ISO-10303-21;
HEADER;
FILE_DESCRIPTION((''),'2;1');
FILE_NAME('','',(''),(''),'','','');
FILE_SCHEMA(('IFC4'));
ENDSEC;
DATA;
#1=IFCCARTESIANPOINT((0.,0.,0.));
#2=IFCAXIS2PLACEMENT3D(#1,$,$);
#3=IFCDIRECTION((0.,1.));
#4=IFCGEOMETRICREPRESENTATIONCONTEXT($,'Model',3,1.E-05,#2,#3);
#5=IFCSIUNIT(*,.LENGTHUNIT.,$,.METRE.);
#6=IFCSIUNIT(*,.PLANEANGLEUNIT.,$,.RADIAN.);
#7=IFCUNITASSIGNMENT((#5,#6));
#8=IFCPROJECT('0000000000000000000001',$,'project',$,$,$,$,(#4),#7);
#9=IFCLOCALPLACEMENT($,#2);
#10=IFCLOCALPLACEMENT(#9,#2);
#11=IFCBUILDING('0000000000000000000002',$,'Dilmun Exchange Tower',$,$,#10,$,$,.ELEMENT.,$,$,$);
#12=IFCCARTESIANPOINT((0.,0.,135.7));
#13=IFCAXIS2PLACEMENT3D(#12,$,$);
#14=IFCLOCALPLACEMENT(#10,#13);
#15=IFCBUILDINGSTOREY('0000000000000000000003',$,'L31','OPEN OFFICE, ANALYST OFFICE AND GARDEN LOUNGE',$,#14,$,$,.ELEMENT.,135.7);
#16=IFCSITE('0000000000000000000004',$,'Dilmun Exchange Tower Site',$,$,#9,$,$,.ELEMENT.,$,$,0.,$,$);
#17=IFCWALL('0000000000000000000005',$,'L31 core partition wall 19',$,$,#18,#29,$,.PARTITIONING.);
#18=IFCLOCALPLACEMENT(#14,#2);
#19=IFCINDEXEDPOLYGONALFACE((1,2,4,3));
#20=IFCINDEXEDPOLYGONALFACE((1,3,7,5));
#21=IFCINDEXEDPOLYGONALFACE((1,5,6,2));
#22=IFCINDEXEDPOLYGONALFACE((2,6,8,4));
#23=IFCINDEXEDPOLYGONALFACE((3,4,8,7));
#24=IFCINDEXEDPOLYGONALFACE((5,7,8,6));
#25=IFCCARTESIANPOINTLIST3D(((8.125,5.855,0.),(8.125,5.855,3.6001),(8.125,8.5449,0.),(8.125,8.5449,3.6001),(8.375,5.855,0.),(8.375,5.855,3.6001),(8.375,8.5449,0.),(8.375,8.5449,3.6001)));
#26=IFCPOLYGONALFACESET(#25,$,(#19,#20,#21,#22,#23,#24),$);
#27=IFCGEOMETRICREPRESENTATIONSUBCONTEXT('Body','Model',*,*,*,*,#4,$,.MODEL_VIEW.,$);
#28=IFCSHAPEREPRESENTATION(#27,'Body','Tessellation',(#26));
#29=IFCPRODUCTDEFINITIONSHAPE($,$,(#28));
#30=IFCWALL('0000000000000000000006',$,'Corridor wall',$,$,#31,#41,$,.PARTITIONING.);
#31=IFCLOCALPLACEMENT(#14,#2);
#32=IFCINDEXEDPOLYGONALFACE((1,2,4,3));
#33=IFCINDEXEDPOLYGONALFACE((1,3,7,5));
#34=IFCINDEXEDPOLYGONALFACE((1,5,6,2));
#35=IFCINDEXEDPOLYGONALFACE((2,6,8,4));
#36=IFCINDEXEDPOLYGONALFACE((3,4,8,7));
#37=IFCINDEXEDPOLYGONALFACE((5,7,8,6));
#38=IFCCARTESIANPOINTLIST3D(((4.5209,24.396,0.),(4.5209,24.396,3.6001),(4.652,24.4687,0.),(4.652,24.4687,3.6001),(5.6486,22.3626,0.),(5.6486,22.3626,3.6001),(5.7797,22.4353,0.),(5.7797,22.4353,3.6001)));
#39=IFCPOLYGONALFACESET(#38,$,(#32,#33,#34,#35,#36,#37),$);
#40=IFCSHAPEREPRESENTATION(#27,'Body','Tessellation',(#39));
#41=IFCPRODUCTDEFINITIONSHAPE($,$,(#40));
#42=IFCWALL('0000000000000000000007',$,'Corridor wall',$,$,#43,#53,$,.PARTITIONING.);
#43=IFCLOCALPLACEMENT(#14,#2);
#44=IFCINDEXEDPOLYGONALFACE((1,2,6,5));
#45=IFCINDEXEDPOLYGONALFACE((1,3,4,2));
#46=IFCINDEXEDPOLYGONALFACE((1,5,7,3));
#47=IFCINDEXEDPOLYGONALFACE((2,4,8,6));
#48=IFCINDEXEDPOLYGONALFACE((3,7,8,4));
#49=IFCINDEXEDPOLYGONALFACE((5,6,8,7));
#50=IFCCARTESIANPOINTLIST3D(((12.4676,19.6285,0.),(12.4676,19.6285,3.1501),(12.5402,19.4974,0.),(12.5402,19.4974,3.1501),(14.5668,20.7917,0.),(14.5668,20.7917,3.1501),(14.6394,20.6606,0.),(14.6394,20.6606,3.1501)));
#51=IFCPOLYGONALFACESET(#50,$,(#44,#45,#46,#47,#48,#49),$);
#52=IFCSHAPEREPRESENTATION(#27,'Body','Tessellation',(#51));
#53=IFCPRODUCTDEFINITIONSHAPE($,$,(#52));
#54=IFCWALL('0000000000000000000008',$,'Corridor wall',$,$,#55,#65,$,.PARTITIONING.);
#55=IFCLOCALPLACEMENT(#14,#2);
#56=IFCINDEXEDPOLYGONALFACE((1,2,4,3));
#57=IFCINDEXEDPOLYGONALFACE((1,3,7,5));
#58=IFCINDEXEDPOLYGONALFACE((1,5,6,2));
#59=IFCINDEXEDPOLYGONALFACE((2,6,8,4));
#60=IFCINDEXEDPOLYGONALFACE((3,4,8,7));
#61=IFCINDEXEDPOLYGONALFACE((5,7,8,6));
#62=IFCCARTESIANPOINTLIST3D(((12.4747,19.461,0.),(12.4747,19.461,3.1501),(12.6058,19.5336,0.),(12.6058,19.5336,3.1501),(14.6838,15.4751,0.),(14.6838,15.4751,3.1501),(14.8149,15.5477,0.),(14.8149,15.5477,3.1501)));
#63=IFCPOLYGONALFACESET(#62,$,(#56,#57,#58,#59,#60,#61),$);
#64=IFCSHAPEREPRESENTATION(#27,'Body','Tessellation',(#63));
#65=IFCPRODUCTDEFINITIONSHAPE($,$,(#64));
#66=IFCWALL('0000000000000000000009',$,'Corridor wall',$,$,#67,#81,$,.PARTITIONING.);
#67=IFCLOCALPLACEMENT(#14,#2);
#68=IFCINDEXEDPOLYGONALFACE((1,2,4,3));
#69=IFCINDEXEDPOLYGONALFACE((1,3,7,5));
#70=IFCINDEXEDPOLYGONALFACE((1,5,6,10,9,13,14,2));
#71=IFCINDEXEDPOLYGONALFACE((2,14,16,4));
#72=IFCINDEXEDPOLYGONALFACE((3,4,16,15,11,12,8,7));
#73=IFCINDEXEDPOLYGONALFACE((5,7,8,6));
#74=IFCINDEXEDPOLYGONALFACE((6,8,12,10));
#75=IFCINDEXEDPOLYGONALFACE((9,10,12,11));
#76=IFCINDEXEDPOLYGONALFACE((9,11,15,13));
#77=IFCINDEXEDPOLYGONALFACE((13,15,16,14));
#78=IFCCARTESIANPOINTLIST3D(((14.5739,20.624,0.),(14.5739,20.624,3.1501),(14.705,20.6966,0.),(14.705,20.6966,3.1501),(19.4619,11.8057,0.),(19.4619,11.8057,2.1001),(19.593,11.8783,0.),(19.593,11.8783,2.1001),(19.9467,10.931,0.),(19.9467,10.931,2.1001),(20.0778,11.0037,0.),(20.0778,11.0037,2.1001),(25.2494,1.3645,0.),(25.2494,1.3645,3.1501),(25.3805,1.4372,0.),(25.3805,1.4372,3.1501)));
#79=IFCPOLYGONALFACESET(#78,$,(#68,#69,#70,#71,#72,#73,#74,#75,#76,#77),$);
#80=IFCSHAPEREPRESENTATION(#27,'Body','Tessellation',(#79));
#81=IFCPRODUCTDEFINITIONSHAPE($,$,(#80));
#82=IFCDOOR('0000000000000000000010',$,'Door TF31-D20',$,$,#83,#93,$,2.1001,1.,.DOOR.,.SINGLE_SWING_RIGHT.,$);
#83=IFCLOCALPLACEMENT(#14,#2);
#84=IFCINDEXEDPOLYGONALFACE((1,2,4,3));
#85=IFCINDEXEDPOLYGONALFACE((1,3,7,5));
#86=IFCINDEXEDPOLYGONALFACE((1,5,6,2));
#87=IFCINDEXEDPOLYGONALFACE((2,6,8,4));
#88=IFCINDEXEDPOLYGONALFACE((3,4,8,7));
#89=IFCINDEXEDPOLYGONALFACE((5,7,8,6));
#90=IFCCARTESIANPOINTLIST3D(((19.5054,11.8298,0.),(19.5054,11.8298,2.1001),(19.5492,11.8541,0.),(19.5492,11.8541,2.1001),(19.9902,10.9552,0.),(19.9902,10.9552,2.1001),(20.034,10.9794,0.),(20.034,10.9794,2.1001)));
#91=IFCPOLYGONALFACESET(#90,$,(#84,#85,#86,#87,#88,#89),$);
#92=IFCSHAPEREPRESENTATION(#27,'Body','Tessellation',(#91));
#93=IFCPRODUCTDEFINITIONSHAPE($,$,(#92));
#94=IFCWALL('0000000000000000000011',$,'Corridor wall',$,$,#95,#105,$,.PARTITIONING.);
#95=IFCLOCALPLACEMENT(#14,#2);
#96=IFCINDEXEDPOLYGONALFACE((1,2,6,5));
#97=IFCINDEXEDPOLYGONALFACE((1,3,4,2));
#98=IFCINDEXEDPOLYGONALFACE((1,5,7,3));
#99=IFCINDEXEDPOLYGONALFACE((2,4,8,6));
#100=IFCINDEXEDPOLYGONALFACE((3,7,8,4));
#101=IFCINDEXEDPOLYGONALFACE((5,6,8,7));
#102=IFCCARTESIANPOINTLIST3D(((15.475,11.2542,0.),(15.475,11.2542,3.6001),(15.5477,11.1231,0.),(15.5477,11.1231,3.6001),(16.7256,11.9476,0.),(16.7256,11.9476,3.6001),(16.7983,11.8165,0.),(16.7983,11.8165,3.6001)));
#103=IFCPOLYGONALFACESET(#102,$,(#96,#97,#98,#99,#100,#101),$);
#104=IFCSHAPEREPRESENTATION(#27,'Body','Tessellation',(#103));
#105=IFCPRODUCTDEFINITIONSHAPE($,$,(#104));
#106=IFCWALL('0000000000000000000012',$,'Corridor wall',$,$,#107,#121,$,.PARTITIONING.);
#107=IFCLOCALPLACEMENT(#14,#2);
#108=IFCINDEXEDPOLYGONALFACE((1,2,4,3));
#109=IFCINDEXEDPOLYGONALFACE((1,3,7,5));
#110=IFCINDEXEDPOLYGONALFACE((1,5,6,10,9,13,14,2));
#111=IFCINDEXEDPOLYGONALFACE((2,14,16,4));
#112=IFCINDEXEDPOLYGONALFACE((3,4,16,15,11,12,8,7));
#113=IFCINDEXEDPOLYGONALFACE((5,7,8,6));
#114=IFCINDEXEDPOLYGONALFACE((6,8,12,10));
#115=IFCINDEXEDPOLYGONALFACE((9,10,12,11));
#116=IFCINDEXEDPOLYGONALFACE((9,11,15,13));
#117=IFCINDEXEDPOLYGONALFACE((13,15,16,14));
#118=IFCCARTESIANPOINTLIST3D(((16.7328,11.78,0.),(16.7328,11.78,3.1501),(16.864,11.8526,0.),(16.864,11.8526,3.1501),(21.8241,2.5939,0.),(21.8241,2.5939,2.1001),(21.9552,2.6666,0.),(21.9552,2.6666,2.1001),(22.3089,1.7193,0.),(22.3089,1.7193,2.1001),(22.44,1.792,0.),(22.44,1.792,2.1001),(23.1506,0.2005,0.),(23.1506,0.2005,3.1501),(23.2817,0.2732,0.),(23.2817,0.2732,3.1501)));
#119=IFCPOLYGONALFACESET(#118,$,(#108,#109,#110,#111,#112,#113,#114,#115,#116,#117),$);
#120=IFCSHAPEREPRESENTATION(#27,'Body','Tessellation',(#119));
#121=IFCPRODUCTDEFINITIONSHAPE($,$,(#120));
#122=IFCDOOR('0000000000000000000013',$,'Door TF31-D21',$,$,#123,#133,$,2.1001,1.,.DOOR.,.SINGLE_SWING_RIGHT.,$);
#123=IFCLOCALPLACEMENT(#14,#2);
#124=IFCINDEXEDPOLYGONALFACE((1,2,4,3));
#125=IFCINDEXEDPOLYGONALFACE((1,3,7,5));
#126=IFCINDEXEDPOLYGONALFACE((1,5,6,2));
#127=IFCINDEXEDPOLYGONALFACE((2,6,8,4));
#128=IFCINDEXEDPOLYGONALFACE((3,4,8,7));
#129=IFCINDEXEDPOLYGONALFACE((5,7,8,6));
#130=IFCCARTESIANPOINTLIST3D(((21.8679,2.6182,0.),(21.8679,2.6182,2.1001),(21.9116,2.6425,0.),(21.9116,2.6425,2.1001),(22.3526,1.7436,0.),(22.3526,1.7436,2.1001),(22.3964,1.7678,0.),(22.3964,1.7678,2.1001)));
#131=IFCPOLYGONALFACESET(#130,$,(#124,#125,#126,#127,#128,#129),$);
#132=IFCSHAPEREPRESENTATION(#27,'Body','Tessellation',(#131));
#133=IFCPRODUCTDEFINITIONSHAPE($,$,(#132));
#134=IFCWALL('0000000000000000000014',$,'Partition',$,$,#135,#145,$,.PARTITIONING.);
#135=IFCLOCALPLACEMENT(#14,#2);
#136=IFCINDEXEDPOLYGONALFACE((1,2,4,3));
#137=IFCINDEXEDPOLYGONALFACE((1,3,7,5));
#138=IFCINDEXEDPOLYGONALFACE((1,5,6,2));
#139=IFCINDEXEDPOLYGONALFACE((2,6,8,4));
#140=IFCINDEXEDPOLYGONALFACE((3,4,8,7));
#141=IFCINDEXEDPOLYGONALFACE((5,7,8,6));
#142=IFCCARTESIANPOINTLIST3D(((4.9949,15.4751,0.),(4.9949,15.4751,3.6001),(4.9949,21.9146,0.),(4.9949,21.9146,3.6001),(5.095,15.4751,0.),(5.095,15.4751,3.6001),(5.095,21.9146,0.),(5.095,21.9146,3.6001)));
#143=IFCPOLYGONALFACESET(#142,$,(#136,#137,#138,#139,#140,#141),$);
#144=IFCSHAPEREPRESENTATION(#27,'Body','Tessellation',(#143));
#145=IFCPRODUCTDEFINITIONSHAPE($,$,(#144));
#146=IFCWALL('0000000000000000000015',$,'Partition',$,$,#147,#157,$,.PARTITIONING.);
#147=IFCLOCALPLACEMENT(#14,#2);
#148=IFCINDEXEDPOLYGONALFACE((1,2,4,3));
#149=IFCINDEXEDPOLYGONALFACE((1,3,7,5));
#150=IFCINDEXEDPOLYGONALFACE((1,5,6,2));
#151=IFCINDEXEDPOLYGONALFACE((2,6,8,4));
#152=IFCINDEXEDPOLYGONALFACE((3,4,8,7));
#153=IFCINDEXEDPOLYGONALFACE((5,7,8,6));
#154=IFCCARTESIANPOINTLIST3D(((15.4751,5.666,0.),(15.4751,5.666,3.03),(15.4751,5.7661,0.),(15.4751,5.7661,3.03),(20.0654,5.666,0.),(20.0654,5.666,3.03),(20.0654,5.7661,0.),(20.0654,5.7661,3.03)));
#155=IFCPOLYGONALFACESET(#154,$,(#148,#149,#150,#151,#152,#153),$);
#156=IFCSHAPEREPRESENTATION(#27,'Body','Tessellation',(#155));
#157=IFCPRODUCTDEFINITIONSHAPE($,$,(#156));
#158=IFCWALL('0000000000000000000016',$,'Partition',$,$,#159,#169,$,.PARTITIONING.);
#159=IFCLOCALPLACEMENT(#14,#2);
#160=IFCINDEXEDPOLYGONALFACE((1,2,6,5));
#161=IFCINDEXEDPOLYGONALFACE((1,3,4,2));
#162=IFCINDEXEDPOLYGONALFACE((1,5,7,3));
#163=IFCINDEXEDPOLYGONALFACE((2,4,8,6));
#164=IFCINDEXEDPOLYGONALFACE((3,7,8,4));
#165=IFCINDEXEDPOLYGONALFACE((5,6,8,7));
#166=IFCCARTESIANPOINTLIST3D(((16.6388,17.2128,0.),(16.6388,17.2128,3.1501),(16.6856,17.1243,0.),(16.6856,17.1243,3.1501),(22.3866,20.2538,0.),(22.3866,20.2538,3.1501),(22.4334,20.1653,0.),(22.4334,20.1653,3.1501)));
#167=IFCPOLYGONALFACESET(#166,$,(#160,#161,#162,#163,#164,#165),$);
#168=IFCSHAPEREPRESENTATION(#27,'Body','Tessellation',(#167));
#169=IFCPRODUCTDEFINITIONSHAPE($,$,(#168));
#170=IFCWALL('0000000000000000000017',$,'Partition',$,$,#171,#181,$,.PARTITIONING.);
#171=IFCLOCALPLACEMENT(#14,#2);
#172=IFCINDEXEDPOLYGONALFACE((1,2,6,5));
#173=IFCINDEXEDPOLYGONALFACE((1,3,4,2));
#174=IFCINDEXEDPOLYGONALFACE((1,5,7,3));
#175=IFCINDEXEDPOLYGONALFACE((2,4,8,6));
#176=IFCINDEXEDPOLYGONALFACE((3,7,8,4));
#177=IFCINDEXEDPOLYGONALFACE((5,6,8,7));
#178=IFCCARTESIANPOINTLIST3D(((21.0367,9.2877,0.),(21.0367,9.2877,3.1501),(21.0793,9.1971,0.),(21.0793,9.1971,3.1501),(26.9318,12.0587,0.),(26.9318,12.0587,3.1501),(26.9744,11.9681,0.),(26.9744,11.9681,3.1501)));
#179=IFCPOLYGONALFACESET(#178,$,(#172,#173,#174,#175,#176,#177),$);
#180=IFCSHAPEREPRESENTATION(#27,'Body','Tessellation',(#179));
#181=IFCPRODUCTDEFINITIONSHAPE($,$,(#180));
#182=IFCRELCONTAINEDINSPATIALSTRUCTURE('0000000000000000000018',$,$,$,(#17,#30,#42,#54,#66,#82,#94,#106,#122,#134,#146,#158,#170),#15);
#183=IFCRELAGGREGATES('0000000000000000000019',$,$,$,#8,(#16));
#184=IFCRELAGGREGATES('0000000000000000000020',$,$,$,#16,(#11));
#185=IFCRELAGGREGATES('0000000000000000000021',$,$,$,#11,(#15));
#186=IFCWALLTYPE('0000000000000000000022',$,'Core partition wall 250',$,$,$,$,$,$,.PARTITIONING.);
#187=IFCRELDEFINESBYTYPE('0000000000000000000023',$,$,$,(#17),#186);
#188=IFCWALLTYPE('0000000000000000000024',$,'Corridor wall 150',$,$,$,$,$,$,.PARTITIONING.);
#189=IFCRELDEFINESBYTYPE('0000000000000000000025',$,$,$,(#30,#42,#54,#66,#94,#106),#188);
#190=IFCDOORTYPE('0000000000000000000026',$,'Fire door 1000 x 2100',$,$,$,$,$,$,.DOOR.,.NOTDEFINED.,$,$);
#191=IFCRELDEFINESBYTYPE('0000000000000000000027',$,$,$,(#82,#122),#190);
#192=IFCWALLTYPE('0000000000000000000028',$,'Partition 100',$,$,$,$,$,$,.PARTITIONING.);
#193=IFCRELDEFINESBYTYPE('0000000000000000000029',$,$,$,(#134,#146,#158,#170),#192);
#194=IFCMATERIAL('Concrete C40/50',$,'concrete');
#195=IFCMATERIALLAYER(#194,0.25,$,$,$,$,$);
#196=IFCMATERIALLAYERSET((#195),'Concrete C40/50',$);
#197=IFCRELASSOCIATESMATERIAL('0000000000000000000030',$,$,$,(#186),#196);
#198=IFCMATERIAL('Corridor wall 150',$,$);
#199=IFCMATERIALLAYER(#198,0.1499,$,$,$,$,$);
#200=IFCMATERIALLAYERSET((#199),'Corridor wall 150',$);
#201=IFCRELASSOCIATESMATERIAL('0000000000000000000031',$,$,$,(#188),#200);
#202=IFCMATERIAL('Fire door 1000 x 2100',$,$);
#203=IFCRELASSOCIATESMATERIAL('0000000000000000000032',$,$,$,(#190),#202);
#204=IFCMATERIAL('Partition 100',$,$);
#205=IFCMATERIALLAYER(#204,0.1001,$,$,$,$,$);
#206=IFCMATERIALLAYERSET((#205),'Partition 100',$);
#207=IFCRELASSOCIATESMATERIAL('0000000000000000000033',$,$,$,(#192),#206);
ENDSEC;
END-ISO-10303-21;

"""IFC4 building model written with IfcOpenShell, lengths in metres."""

from ifc_helpers import new_model, si_unit, direction, frame, frame_2d, origin, place, context, subcontext, project, spatial, rectangle, extrude, material, layer, layer_set, type_object, element, fill, save


model = new_model("IFC4")

# Units and contexts
model_context = context("Model", 3, precision=1e-05, world=origin(), true_north=direction((0.0, 1.0)))
body_context = subcontext(model_context, "Body", "Model", "MODEL_VIEW")
ifc_project = project(units=[si_unit("LENGTHUNIT", "METRE"), si_unit("PLANEANGLEUNIT", "RADIAN")], contexts=[model_context])

# Site, building, storey
site_placement = place(None, origin())
site = spatial("IfcSite", under=ifc_project, at=site_placement, Name="Dilmun Exchange Tower Site", CompositionType="ELEMENT", RefElevation=0.0)
building_placement = place(site_placement, origin())
building = spatial("IfcBuilding", under=site, at=building_placement, Name="Dilmun Exchange Tower", CompositionType="ELEMENT")
storey_placement = place(building_placement, frame((0.0, 0.0, 135.7)))
storey = spatial("IfcBuildingStorey", under=building, at=storey_placement, Name="L31", Description="OPEN OFFICE, ANALYST OFFICE AND GARDEN LOUNGE", CompositionType="ELEMENT", Elevation=135.7)

# Shared definitions
ifc_material_1 = material(Name="Concrete C40/50", Category="concrete")

# Walls
ifc_layer_1 = layer(ifc_material_1, 0.25)
ifc_layer_set_1 = layer_set([ifc_layer_1], Name="Concrete C40/50")
wall_type_1 = type_object("IfcWallType", Name="Core partition wall 250", PredefinedType="PARTITIONING", material=ifc_layer_set_1)
wall_1_placement = place(storey_placement, frame((8.25, 5.855, 0.0), z_axis=(0.0, 0.0, 1.0), x_axis=(0.0, 1.0, 0.0)))
element("IfcWall", 1, at=wall_1_placement, inside=storey, type_object=wall_type_1, Name="L31 core partition wall 19", PredefinedType="PARTITIONING", context=body_context, shape_type="SweptSolid", body=[
    extrude(rectangle(XDim=2.6899, YDim=0.25, at=frame_2d((1.345, 0.0))), origin(), (0.0, 0.0, 1.0), 3.6001),
])
ifc_material_2 = material(Name="Corridor wall 150")
ifc_layer_2 = layer(ifc_material_2, 0.1499)
ifc_layer_set_2 = layer_set([ifc_layer_2], Name="Corridor wall 150")
wall_type_2 = type_object("IfcWallType", Name="Corridor wall 150", PredefinedType="PARTITIONING", material=ifc_layer_set_2)
wall_2_placement = place(storey_placement, frame((4.5864, 24.4324, 0.0), z_axis=(0.0, 0.0, 1.0), x_axis=(0.484983, -0.874524, 0.0)))
element("IfcWall", 2, at=wall_2_placement, inside=storey, type_object=wall_type_2, Name="Corridor wall", PredefinedType="PARTITIONING", context=body_context, shape_type="SweptSolid", body=[
    extrude(rectangle(XDim=2.3252, YDim=0.1499, at=frame_2d((1.1626, 0.0))), origin(), (0.0, 0.0, 1.0), 3.6001),
])
wall_3_placement = place(storey_placement, frame((12.5039, 19.563, 0.0), z_axis=(0.0, 0.0, 1.0), x_axis=(0.874704, 0.484658, 0.0)))
element("IfcWall", 3, at=wall_3_placement, inside=storey, type_object=wall_type_2, Name="Corridor wall", PredefinedType="PARTITIONING", context=body_context, shape_type="SweptSolid", body=[
    extrude(rectangle(XDim=2.3999, YDim=0.1499, at=frame_2d((1.2, 0.0))), origin(), (0.0, 0.0, 1.0), 3.1501),
])
wall_4_placement = place(storey_placement, frame((12.5403, 19.4973, 0.0), z_axis=(0.0, 0.0, 1.0), x_axis=(0.484742, -0.874657, 0.0)))
element("IfcWall", 4, at=wall_4_placement, inside=storey, type_object=wall_type_2, Name="Corridor wall", PredefinedType="PARTITIONING", context=body_context, shape_type="SweptSolid", body=[
    extrude(rectangle(XDim=4.5571, YDim=0.1499, at=frame_2d((2.2786, 0.0))), origin(), (0.0, 0.0, 1.0), 3.1501),
])

# Wall, opening, door
wall_5_placement = place(storey_placement, frame((14.6394, 20.6604, 0.0), z_axis=(0.0, 0.0, 1.0), x_axis=(0.484803, -0.874623, 0.0)))
wall_5 = element("IfcWall", 5, at=wall_5_placement, inside=storey, type_object=wall_type_2, Name="Corridor wall", PredefinedType="PARTITIONING", context=body_context, shape_type="SweptSolid", body=[
    extrude(rectangle(XDim=22.0203, YDim=0.1499, at=frame_2d((11.0103, 0.0))), origin(), (0.0, 0.0, 1.0), 3.1501),
])
opening_1_placement = place(wall_5_placement, frame((10.0825, 0.0, 0.0)))
opening_1 = element("IfcOpeningElement", 6, at=opening_1_placement, cuts=wall_5, PredefinedType="OPENING", context=body_context, shape_type="SweptSolid", body=[
    extrude(rectangle(XDim=1.0, YDim=2.1001, at=frame_2d((0.5, 1.05))), frame((0.0, 0.085, 0.0), z_axis=(0.0, -1.0, 0.0), x_axis=(1.0, 0.0, 0.0)), (0.0, 0.0, 1.0), 0.1699),
])
ifc_material_3 = material(Name="Fire door 1000 x 2100")
door_type = type_object("IfcDoorType", Name="Fire door 1000 x 2100", OperationType="NOTDEFINED", PredefinedType="DOOR", material=ifc_material_3)
door_1_placement = place(opening_1_placement, origin())
door_1 = element("IfcDoor", 7, at=door_1_placement, inside=storey, type_object=door_type, Name="Door TF31-D20", OperationType="SINGLE_SWING_RIGHT", OverallHeight=2.1001, OverallWidth=1.0, PredefinedType="DOOR", context=body_context, shape_type="SweptSolid", body=[
    extrude(rectangle(XDim=1.0, YDim=2.1001, at=frame_2d((0.5, 1.05))), frame((0.0, 0.0249, 0.0), z_axis=(0.0, -1.0, 0.0), x_axis=(1.0, 0.0, 0.0)), (0.0, 0.0, 1.0), 0.05),
])
fill(opening_1, door_1)

# Wall
wall_6_placement = place(storey_placement, frame((15.5115, 11.1887, 0.0), z_axis=(0.0, 0.0, 1.0), x_axis=(0.87456, 0.484918, 0.0)))
element("IfcWall", 8, at=wall_6_placement, inside=storey, type_object=wall_type_2, Name="Corridor wall", PredefinedType="PARTITIONING", context=body_context, shape_type="SweptSolid", body=[
    extrude(rectangle(XDim=1.4299, YDim=0.1499, at=frame_2d((0.7148, 0.0))), origin(), (0.0, 0.0, 1.0), 3.6001),
])

# Wall, opening, door
wall_7_placement = place(storey_placement, frame((16.7983, 11.8164, 0.0), z_axis=(0.0, 0.0, 1.0), x_axis=(0.484763, -0.874646, 0.0)))
wall_7 = element("IfcWall", 9, at=wall_7_placement, inside=storey, type_object=wall_type_2, Name="Corridor wall", PredefinedType="PARTITIONING", context=body_context, shape_type="SweptSolid", body=[
    extrude(rectangle(XDim=13.239, YDim=0.1499, at=frame_2d((6.6196, 0.0))), origin(), (0.0, 0.0, 1.0), 3.1501),
])
opening_2_placement = place(wall_7_placement, frame((10.5027, 0.0, 0.0)))
opening_2 = element("IfcOpeningElement", 10, at=opening_2_placement, cuts=wall_7, PredefinedType="OPENING", context=body_context, shape_type="SweptSolid", body=[
    extrude(rectangle(XDim=1.0, YDim=2.1001, at=frame_2d((0.5, 1.05))), frame((0.0, 0.085, 0.0), z_axis=(0.0, -1.0, 0.0), x_axis=(1.0, 0.0, 0.0)), (0.0, 0.0, 1.0), 0.1699),
])
door_2_placement = place(opening_2_placement, frame((1.0, 0.0, 0.0), z_axis=(0.0, 0.0, 1.0), x_axis=(-1.0, 0.0, 0.0)))
door_2 = element("IfcDoor", 11, at=door_2_placement, inside=storey, type_object=door_type, Name="Door TF31-D21", OperationType="SINGLE_SWING_RIGHT", OverallHeight=2.1001, OverallWidth=1.0, PredefinedType="DOOR", context=body_context, shape_type="SweptSolid", body=[
    extrude(rectangle(XDim=1.0, YDim=2.1001, at=frame_2d((0.5, 1.05))), frame((0.0, 0.0249, 0.0), z_axis=(0.0, -1.0, 0.0), x_axis=(1.0, 0.0, 0.0)), (0.0, 0.0, 1.0), 0.05),
])
fill(opening_2, door_2)

# Walls
ifc_material_4 = material(Name="Partition 100")
ifc_layer_3 = layer(ifc_material_4, 0.1001)
ifc_layer_set_3 = layer_set([ifc_layer_3], Name="Partition 100")
wall_type_3 = type_object("IfcWallType", Name="Partition 100", PredefinedType="PARTITIONING", material=ifc_layer_set_3)
wall_8_placement = place(storey_placement, frame((5.0449, 15.4751, 0.0), z_axis=(0.0, 0.0, 1.0), x_axis=(0.0, 1.0, 0.0)))
element("IfcWall", 12, at=wall_8_placement, inside=storey, type_object=wall_type_3, Name="Partition", PredefinedType="PARTITIONING", context=body_context, shape_type="SweptSolid", body=[
    extrude(rectangle(XDim=6.4395, YDim=0.1001, at=frame_2d((3.2197, 0.0))), origin(), (0.0, 0.0, 1.0), 3.6001),
])
wall_9_placement = place(storey_placement, frame((15.4751, 5.7161, 0.0), z_axis=(0.0, 0.0, 1.0), x_axis=(1.0, 0.0, 0.0)))
element("IfcWall", 13, at=wall_9_placement, inside=storey, type_object=wall_type_3, Name="Partition", PredefinedType="PARTITIONING", context=body_context, shape_type="SweptSolid", body=[
    extrude(rectangle(XDim=4.5903, YDim=0.1001, at=frame_2d((2.2952, 0.0))), origin(), (0.0, 0.0, 1.0), 3.03),
])
wall_10_placement = place(storey_placement, frame((16.6621, 17.1685, 0.0), z_axis=(0.0, 0.0, 1.0), x_axis=(0.883911, 0.467655, 0.0)))
element("IfcWall", 14, at=wall_10_placement, inside=storey, type_object=wall_type_3, Name="Partition", PredefinedType="PARTITIONING", context=body_context, shape_type="SweptSolid", body=[
    extrude(rectangle(XDim=6.5027, YDim=0.1001, at=frame_2d((3.2515, 0.0))), origin(), (0.0, 0.0, 1.0), 3.1501),
])
wall_11_placement = place(storey_placement, frame((21.0581, 9.2424, 0.0), z_axis=(0.0, 0.0, 1.0), x_axis=(0.905004, 0.425404, 0.0)))
element("IfcWall", 15, at=wall_11_placement, inside=storey, type_object=wall_type_3, Name="Partition", PredefinedType="PARTITIONING", context=body_context, shape_type="SweptSolid", body=[
    extrude(rectangle(XDim=6.5139, YDim=0.1001, at=frame_2d((3.2568, 0.0))), origin(), (0.0, 0.0, 1.0), 3.1501),
])

save(model, "model.ifc")
